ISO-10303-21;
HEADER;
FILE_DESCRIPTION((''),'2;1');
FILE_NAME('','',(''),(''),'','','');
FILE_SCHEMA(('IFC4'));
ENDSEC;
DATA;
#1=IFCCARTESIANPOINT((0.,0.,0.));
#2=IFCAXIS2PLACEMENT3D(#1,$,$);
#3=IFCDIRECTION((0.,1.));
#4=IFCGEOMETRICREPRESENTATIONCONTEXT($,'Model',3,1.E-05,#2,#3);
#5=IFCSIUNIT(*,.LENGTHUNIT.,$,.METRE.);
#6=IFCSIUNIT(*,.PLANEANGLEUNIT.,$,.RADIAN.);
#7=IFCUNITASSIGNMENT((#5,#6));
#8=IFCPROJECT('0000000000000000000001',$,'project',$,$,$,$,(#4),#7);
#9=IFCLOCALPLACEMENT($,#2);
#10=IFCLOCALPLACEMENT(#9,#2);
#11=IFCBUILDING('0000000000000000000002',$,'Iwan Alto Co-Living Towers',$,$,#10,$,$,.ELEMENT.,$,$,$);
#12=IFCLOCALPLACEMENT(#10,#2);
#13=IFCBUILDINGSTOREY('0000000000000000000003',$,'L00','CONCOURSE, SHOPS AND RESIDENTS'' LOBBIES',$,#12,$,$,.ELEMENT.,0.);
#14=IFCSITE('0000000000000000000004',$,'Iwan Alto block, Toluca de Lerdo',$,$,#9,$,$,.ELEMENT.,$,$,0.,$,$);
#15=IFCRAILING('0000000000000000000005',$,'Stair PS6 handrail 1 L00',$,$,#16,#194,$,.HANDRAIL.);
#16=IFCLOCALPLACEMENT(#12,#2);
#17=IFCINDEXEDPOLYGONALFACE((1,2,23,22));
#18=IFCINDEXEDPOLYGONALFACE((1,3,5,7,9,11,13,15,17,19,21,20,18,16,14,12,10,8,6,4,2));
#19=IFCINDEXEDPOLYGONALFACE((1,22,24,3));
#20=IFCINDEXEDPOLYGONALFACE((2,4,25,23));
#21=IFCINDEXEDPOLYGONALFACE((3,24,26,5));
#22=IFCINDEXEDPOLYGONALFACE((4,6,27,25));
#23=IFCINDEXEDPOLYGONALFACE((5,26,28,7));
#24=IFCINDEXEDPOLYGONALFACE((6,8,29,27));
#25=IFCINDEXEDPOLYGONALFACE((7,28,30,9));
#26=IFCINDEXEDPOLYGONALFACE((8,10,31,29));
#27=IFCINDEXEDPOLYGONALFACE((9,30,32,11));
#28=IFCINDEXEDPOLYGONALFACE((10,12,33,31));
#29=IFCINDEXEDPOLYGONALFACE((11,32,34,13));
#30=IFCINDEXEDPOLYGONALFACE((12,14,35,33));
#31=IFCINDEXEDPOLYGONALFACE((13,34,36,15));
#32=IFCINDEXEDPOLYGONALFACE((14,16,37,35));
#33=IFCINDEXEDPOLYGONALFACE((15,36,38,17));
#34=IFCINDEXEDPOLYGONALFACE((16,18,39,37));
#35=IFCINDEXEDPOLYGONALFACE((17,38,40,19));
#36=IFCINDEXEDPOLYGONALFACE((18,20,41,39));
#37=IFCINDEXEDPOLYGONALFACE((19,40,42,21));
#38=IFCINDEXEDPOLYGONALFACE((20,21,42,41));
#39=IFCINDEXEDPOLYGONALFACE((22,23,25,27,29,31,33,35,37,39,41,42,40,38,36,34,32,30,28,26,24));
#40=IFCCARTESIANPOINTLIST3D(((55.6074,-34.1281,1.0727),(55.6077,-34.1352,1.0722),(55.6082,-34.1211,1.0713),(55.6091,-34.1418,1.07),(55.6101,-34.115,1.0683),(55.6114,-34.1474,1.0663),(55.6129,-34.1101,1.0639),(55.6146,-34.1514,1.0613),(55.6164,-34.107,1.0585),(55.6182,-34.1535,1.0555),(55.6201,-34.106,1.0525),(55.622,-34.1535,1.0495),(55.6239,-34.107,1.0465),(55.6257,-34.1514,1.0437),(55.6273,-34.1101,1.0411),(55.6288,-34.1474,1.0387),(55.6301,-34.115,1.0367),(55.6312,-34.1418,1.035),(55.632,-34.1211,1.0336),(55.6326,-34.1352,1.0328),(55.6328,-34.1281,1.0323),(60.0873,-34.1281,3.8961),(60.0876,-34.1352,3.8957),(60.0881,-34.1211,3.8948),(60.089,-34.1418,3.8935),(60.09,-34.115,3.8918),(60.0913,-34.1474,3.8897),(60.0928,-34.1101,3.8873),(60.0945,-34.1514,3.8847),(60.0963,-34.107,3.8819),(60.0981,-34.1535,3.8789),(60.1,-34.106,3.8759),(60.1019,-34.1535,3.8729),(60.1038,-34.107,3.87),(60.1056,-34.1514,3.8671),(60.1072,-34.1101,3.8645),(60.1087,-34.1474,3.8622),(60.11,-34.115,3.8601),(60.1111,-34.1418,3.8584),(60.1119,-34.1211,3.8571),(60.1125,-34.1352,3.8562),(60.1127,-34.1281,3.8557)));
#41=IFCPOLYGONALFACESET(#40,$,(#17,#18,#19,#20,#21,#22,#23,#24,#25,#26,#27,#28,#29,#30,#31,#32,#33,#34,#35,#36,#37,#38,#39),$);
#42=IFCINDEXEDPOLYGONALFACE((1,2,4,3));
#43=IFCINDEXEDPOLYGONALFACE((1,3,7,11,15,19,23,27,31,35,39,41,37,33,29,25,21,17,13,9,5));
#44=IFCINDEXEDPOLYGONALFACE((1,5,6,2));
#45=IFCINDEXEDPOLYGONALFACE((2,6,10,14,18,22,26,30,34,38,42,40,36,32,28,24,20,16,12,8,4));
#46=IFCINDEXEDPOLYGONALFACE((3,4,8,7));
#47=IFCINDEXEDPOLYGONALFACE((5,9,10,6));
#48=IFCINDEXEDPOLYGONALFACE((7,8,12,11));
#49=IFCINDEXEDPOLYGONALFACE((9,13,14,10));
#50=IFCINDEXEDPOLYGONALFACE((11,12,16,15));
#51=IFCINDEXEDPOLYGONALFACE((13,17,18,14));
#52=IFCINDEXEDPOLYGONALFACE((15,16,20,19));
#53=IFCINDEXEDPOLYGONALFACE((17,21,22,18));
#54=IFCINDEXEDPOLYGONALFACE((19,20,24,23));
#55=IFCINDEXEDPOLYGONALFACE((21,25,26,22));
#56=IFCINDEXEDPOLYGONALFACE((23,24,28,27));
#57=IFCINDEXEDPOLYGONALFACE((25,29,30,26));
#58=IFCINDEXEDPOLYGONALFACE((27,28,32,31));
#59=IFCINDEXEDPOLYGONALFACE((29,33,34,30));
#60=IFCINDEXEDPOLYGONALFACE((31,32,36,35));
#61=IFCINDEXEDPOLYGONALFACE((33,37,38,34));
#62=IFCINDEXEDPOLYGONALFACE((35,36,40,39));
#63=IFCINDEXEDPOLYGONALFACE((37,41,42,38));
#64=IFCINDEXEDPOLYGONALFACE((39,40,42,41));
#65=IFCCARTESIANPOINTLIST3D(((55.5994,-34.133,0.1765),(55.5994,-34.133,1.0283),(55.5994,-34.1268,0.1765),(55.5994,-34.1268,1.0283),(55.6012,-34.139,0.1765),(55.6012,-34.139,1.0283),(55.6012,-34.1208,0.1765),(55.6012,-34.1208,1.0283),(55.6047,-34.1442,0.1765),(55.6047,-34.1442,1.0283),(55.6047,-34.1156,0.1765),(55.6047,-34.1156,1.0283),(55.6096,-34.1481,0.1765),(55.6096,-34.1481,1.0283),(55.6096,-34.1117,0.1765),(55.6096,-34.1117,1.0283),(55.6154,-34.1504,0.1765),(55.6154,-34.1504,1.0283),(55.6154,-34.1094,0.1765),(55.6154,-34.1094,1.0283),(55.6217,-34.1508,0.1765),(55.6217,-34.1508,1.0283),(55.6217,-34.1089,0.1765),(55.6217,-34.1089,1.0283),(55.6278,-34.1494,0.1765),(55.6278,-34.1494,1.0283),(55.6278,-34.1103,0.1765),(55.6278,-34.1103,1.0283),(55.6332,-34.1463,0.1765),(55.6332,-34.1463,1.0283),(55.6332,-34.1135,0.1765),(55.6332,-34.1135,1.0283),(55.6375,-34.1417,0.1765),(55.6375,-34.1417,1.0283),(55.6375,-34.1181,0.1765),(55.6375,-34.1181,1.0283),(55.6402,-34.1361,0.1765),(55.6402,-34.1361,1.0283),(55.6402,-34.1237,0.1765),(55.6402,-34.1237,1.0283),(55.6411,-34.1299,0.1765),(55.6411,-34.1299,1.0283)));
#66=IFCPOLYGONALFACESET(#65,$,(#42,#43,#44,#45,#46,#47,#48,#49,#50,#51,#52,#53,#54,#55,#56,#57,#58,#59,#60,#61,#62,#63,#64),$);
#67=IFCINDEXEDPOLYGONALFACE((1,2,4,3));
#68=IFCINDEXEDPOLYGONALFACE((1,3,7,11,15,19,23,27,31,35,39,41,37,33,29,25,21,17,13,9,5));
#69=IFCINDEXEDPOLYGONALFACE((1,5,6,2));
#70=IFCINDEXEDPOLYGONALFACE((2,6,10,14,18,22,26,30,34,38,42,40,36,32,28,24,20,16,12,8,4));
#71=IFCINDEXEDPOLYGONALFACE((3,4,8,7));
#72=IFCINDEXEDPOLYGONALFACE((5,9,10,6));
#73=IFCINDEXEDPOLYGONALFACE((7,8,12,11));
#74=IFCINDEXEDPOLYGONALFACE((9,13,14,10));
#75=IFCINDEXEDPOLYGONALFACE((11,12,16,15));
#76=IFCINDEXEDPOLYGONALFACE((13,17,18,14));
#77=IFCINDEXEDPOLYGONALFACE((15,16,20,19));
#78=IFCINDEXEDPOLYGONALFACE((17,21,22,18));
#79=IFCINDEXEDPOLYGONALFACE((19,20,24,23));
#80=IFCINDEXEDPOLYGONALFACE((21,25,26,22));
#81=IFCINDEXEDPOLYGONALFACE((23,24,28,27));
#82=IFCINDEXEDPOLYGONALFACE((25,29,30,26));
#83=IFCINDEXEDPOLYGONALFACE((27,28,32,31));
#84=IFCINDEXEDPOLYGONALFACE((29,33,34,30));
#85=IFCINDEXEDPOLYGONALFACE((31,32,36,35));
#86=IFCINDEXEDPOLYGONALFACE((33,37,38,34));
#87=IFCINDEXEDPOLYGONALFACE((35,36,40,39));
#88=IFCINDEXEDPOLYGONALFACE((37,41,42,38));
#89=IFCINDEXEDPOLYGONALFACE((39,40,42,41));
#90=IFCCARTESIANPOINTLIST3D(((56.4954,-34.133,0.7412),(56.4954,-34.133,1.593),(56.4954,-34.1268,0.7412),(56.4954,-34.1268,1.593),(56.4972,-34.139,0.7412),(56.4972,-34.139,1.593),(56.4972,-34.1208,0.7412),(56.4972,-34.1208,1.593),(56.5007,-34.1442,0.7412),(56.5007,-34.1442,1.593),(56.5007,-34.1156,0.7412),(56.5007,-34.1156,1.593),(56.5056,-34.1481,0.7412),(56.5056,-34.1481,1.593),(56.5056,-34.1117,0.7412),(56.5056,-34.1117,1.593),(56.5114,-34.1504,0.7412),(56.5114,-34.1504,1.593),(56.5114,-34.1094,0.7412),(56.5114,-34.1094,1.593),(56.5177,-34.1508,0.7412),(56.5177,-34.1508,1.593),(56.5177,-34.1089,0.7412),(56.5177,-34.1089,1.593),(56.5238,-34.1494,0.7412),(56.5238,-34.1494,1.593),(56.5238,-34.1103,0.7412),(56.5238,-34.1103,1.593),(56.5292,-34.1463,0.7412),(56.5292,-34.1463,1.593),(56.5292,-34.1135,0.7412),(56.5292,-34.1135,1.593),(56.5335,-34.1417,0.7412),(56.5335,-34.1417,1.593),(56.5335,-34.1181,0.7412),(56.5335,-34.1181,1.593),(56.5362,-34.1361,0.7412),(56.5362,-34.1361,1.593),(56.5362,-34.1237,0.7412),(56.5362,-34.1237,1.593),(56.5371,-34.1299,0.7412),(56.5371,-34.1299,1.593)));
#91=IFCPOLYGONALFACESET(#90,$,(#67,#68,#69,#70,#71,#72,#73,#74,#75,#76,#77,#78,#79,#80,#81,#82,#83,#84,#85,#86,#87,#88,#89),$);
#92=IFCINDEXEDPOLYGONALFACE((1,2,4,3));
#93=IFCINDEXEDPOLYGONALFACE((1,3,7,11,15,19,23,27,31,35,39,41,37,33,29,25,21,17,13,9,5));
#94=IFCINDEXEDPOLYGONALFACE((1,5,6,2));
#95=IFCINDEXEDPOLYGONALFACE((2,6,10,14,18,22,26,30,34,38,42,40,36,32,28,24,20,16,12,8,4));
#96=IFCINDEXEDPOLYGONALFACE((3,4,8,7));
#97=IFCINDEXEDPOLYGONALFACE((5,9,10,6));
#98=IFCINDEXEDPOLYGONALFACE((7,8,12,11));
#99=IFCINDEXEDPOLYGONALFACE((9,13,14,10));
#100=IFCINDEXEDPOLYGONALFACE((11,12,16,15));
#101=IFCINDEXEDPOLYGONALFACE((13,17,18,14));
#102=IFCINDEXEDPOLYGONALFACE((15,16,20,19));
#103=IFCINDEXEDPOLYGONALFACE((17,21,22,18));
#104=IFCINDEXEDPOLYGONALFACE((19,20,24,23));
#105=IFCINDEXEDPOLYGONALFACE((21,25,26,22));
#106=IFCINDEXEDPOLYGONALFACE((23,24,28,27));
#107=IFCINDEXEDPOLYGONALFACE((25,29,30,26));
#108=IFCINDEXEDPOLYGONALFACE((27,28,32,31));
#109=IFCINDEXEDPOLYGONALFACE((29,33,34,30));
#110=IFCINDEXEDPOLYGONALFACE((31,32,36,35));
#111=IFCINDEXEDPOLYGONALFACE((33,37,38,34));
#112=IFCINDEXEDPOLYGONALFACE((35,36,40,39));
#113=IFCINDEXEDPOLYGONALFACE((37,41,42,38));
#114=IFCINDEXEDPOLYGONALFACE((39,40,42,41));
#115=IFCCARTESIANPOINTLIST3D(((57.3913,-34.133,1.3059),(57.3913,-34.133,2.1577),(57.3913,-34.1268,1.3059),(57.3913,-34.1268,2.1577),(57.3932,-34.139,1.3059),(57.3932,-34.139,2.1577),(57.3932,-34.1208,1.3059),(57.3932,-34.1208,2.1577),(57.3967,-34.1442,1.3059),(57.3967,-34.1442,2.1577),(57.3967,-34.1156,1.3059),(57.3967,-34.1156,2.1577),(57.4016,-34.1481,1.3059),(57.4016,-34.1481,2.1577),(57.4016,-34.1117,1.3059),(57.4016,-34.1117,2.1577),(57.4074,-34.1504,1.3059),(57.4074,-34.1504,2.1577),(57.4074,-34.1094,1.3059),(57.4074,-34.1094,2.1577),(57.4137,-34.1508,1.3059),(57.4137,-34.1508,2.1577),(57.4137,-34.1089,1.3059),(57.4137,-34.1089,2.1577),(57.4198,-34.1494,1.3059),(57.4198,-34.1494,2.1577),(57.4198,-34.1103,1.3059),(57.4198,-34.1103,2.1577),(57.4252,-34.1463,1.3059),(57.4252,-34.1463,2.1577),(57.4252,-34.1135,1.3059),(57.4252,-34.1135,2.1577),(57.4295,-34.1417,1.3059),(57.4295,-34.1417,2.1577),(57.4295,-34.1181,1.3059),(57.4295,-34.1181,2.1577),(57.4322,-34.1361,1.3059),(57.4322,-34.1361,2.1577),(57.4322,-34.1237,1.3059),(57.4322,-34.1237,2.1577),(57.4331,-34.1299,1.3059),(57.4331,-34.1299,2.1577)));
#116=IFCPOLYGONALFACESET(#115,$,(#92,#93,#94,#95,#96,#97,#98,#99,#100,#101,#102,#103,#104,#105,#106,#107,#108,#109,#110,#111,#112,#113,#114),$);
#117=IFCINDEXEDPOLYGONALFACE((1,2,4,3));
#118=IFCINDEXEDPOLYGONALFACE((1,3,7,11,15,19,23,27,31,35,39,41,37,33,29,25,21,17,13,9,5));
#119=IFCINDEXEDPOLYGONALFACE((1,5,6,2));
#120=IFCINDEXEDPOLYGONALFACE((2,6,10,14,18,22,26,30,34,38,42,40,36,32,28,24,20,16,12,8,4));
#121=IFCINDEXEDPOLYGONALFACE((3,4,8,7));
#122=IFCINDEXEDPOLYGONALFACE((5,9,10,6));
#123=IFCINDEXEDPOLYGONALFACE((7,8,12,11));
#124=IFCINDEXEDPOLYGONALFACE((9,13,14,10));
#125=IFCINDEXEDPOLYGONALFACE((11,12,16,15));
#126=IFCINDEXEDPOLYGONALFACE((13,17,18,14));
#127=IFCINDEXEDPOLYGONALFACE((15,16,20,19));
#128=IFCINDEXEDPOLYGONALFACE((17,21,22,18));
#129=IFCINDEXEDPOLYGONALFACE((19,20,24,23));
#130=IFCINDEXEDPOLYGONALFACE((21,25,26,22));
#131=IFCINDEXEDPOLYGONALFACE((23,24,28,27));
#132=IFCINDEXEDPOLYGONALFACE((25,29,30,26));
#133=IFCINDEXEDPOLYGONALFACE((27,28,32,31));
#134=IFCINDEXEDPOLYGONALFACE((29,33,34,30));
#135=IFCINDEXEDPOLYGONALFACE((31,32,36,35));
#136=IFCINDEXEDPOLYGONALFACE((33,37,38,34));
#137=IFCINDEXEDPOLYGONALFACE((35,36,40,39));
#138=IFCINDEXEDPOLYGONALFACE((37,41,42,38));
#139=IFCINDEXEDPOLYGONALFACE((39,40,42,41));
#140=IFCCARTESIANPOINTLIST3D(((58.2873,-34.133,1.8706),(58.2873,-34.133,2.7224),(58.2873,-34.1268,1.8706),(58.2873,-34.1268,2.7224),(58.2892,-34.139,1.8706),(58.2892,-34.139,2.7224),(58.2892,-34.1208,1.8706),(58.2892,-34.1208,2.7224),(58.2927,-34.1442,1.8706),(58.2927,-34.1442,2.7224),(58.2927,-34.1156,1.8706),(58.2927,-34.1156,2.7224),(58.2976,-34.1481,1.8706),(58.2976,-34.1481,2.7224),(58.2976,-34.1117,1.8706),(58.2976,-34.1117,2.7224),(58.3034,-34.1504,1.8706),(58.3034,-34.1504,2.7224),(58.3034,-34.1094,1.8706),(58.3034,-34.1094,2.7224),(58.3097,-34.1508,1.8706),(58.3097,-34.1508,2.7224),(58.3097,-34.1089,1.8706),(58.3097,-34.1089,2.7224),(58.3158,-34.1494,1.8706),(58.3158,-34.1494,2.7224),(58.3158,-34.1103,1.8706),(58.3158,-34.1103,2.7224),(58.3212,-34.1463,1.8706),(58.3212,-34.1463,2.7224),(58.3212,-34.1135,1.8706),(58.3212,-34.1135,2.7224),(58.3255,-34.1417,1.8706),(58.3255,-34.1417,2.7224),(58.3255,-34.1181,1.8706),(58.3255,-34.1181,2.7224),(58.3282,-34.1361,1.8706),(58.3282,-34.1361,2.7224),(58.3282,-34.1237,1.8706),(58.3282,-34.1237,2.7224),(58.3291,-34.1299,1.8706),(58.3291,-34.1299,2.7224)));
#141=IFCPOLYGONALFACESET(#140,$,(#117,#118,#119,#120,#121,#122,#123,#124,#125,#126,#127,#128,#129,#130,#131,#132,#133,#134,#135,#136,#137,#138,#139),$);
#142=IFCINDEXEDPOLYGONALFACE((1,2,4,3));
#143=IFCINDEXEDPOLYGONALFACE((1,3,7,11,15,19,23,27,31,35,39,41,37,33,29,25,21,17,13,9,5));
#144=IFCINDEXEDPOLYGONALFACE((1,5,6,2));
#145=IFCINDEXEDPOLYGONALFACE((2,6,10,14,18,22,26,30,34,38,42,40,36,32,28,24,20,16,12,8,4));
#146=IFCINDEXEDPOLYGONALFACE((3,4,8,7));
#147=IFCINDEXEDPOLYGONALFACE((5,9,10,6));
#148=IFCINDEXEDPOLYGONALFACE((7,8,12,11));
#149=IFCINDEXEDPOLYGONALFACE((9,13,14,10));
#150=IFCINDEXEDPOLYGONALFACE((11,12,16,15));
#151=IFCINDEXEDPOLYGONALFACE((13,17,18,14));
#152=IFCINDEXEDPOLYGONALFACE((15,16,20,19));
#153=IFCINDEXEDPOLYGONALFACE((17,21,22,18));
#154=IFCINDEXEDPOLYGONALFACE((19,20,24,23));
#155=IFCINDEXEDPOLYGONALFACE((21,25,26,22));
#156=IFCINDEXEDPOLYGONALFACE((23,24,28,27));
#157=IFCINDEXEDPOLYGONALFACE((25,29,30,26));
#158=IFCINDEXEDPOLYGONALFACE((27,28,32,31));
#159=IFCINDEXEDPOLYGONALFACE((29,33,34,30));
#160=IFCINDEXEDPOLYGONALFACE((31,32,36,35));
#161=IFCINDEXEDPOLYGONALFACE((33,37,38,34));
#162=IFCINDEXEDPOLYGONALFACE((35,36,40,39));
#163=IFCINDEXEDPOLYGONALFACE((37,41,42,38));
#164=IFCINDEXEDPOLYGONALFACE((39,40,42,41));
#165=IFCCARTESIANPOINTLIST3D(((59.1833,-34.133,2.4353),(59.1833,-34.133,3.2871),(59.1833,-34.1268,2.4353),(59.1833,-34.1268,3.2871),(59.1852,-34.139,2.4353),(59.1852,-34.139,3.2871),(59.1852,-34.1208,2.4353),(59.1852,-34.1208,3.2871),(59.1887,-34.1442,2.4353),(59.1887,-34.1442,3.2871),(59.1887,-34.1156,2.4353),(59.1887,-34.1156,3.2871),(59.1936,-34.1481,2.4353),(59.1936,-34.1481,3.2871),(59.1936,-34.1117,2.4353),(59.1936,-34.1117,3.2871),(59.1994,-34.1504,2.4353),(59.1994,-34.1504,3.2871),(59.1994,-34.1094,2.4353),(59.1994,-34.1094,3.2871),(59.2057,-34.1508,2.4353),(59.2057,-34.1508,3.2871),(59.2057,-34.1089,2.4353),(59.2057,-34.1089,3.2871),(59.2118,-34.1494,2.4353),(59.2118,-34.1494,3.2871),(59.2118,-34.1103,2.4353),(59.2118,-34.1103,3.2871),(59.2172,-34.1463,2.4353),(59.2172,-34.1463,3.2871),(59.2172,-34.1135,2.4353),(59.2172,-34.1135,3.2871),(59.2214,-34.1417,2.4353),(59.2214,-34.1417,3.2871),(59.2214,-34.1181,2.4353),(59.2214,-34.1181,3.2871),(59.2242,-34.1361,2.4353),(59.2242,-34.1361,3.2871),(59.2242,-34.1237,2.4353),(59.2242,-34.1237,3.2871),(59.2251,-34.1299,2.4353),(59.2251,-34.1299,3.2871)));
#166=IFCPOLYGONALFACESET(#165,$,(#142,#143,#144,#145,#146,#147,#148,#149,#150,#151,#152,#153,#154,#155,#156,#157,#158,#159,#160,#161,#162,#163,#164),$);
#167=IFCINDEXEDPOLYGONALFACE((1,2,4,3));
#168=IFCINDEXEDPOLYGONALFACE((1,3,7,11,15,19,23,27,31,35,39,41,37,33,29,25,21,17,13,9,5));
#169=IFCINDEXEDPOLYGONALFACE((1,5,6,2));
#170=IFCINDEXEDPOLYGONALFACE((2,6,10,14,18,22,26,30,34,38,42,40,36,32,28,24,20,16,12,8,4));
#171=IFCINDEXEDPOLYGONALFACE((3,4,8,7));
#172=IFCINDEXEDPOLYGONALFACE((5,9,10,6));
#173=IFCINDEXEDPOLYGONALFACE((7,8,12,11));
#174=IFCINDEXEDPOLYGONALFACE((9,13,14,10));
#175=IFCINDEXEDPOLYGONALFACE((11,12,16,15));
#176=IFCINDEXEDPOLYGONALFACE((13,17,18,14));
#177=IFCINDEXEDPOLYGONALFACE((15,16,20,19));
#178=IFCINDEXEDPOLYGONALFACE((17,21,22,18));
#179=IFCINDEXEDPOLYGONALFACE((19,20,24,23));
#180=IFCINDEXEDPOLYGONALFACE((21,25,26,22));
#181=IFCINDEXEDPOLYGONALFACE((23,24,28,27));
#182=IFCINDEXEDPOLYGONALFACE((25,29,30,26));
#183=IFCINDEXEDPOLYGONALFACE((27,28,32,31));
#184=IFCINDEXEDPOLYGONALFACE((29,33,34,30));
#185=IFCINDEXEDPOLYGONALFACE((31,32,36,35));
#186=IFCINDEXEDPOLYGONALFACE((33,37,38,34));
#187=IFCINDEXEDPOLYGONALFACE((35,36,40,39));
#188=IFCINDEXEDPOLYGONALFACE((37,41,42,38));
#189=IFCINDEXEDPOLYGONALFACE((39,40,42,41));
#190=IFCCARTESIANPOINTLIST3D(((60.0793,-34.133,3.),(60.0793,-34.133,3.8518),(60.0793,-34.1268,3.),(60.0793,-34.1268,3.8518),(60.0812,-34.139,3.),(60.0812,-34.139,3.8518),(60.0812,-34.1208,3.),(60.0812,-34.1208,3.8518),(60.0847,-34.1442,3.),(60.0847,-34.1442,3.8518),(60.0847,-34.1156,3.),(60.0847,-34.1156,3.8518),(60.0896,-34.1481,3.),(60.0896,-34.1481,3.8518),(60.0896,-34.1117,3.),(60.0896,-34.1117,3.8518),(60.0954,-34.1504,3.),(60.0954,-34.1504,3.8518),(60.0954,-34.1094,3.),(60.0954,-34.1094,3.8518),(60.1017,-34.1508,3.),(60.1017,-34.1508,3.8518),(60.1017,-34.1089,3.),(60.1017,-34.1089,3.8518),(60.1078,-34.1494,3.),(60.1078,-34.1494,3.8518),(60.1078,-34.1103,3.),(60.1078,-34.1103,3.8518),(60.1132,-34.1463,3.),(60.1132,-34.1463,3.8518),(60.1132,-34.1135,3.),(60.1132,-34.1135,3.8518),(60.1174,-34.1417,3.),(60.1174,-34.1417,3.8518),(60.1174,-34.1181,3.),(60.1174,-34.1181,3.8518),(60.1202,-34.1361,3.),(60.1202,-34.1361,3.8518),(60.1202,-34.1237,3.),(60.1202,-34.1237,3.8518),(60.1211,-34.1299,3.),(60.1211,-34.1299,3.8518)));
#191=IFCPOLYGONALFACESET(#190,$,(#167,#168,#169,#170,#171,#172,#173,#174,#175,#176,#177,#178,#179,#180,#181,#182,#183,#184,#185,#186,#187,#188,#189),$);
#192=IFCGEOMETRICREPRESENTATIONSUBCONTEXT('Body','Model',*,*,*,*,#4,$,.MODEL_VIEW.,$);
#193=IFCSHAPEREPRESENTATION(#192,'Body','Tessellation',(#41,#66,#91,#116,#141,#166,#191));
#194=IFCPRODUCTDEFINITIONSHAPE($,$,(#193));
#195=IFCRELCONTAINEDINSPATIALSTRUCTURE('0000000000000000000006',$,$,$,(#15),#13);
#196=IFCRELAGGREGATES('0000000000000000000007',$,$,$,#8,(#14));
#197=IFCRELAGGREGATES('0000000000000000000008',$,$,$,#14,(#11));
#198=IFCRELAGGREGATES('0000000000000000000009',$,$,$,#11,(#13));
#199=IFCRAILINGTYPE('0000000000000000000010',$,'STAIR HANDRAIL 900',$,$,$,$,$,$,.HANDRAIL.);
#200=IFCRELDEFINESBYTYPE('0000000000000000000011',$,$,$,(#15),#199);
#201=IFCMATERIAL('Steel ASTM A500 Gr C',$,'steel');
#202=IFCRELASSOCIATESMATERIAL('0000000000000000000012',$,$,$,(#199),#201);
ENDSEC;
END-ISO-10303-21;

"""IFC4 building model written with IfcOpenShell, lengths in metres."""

from ifc_helpers import new_model, si_unit, direction, frame, origin, origin_2d, place, context, subcontext, project, spatial, circle, extrude, material, type_object, element, save


model = new_model("IFC4")

# Units and contexts
model_context = context("Model", 3, precision=1e-05, world=origin(), true_north=direction((0.0, 1.0)))
body_context = subcontext(model_context, "Body", "Model", "MODEL_VIEW")
ifc_project = project(units=[si_unit("LENGTHUNIT", "METRE"), si_unit("PLANEANGLEUNIT", "RADIAN")], contexts=[model_context])

# Site, building, storey
site_placement = place(None, origin())
site = spatial("IfcSite", under=ifc_project, at=site_placement, Name="Iwan Alto block, Toluca de Lerdo", CompositionType="ELEMENT", RefElevation=0.0)
building_placement = place(site_placement, origin())
building = spatial("IfcBuilding", under=site, at=building_placement, Name="Iwan Alto Co-Living Towers", CompositionType="ELEMENT")
storey_placement = place(building_placement, origin())
storey = spatial("IfcBuildingStorey", under=building, at=storey_placement, Name="L00", Description="CONCOURSE, SHOPS AND RESIDENTS' LOBBIES", CompositionType="ELEMENT", Elevation=0.0)

# Railing
ifc_material_1 = material(Name="Steel ASTM A500 Gr C", Category="steel")
railing_type_1 = type_object("IfcRailingType", Name="STAIR HANDRAIL 900", PredefinedType="HANDRAIL", material=ifc_material_1)
railing_1_placement = place(storey_placement, frame((55.6201, -34.1299, 0.1765)))
element("IfcRailing", 1, at=railing_1_placement, inside=storey, type_object=railing_type_1, Name="Stair PS6 handrail 1 L00", PredefinedType="HANDRAIL", context=body_context, shape_type="SweptSolid", body=[
    extrude(circle(Radius=0.0239, at=origin_2d()), frame((0.0, 0.0, 0.876), z_axis=(0.845998, 0.0, 0.533186), x_axis=(0.0, 1.0, 0.0)), (0.0, 0.0, 1.0), 5.2954),
    extrude(circle(Radius=0.021, at=origin_2d()), origin(), (0.0, 0.0, 1.0), 0.8518),
    extrude(circle(Radius=0.021, at=origin_2d()), frame((0.896, 0.0, 0.5647)), (0.0, 0.0, 1.0), 0.8518),
    extrude(circle(Radius=0.021, at=origin_2d()), frame((1.792, 0.0, 1.1294)), (0.0, 0.0, 1.0), 0.8518),
    extrude(circle(Radius=0.021, at=origin_2d()), frame((2.688, 0.0, 1.6941)), (0.0, 0.0, 1.0), 0.8518),
    extrude(circle(Radius=0.021, at=origin_2d()), frame((3.584, 0.0, 2.2588)), (0.0, 0.0, 1.0), 0.8518),
    extrude(circle(Radius=0.021, at=origin_2d()), frame((4.48, 0.0, 2.8235)), (0.0, 0.0, 1.0), 0.8518),
])

save(model, "model.ifc")
